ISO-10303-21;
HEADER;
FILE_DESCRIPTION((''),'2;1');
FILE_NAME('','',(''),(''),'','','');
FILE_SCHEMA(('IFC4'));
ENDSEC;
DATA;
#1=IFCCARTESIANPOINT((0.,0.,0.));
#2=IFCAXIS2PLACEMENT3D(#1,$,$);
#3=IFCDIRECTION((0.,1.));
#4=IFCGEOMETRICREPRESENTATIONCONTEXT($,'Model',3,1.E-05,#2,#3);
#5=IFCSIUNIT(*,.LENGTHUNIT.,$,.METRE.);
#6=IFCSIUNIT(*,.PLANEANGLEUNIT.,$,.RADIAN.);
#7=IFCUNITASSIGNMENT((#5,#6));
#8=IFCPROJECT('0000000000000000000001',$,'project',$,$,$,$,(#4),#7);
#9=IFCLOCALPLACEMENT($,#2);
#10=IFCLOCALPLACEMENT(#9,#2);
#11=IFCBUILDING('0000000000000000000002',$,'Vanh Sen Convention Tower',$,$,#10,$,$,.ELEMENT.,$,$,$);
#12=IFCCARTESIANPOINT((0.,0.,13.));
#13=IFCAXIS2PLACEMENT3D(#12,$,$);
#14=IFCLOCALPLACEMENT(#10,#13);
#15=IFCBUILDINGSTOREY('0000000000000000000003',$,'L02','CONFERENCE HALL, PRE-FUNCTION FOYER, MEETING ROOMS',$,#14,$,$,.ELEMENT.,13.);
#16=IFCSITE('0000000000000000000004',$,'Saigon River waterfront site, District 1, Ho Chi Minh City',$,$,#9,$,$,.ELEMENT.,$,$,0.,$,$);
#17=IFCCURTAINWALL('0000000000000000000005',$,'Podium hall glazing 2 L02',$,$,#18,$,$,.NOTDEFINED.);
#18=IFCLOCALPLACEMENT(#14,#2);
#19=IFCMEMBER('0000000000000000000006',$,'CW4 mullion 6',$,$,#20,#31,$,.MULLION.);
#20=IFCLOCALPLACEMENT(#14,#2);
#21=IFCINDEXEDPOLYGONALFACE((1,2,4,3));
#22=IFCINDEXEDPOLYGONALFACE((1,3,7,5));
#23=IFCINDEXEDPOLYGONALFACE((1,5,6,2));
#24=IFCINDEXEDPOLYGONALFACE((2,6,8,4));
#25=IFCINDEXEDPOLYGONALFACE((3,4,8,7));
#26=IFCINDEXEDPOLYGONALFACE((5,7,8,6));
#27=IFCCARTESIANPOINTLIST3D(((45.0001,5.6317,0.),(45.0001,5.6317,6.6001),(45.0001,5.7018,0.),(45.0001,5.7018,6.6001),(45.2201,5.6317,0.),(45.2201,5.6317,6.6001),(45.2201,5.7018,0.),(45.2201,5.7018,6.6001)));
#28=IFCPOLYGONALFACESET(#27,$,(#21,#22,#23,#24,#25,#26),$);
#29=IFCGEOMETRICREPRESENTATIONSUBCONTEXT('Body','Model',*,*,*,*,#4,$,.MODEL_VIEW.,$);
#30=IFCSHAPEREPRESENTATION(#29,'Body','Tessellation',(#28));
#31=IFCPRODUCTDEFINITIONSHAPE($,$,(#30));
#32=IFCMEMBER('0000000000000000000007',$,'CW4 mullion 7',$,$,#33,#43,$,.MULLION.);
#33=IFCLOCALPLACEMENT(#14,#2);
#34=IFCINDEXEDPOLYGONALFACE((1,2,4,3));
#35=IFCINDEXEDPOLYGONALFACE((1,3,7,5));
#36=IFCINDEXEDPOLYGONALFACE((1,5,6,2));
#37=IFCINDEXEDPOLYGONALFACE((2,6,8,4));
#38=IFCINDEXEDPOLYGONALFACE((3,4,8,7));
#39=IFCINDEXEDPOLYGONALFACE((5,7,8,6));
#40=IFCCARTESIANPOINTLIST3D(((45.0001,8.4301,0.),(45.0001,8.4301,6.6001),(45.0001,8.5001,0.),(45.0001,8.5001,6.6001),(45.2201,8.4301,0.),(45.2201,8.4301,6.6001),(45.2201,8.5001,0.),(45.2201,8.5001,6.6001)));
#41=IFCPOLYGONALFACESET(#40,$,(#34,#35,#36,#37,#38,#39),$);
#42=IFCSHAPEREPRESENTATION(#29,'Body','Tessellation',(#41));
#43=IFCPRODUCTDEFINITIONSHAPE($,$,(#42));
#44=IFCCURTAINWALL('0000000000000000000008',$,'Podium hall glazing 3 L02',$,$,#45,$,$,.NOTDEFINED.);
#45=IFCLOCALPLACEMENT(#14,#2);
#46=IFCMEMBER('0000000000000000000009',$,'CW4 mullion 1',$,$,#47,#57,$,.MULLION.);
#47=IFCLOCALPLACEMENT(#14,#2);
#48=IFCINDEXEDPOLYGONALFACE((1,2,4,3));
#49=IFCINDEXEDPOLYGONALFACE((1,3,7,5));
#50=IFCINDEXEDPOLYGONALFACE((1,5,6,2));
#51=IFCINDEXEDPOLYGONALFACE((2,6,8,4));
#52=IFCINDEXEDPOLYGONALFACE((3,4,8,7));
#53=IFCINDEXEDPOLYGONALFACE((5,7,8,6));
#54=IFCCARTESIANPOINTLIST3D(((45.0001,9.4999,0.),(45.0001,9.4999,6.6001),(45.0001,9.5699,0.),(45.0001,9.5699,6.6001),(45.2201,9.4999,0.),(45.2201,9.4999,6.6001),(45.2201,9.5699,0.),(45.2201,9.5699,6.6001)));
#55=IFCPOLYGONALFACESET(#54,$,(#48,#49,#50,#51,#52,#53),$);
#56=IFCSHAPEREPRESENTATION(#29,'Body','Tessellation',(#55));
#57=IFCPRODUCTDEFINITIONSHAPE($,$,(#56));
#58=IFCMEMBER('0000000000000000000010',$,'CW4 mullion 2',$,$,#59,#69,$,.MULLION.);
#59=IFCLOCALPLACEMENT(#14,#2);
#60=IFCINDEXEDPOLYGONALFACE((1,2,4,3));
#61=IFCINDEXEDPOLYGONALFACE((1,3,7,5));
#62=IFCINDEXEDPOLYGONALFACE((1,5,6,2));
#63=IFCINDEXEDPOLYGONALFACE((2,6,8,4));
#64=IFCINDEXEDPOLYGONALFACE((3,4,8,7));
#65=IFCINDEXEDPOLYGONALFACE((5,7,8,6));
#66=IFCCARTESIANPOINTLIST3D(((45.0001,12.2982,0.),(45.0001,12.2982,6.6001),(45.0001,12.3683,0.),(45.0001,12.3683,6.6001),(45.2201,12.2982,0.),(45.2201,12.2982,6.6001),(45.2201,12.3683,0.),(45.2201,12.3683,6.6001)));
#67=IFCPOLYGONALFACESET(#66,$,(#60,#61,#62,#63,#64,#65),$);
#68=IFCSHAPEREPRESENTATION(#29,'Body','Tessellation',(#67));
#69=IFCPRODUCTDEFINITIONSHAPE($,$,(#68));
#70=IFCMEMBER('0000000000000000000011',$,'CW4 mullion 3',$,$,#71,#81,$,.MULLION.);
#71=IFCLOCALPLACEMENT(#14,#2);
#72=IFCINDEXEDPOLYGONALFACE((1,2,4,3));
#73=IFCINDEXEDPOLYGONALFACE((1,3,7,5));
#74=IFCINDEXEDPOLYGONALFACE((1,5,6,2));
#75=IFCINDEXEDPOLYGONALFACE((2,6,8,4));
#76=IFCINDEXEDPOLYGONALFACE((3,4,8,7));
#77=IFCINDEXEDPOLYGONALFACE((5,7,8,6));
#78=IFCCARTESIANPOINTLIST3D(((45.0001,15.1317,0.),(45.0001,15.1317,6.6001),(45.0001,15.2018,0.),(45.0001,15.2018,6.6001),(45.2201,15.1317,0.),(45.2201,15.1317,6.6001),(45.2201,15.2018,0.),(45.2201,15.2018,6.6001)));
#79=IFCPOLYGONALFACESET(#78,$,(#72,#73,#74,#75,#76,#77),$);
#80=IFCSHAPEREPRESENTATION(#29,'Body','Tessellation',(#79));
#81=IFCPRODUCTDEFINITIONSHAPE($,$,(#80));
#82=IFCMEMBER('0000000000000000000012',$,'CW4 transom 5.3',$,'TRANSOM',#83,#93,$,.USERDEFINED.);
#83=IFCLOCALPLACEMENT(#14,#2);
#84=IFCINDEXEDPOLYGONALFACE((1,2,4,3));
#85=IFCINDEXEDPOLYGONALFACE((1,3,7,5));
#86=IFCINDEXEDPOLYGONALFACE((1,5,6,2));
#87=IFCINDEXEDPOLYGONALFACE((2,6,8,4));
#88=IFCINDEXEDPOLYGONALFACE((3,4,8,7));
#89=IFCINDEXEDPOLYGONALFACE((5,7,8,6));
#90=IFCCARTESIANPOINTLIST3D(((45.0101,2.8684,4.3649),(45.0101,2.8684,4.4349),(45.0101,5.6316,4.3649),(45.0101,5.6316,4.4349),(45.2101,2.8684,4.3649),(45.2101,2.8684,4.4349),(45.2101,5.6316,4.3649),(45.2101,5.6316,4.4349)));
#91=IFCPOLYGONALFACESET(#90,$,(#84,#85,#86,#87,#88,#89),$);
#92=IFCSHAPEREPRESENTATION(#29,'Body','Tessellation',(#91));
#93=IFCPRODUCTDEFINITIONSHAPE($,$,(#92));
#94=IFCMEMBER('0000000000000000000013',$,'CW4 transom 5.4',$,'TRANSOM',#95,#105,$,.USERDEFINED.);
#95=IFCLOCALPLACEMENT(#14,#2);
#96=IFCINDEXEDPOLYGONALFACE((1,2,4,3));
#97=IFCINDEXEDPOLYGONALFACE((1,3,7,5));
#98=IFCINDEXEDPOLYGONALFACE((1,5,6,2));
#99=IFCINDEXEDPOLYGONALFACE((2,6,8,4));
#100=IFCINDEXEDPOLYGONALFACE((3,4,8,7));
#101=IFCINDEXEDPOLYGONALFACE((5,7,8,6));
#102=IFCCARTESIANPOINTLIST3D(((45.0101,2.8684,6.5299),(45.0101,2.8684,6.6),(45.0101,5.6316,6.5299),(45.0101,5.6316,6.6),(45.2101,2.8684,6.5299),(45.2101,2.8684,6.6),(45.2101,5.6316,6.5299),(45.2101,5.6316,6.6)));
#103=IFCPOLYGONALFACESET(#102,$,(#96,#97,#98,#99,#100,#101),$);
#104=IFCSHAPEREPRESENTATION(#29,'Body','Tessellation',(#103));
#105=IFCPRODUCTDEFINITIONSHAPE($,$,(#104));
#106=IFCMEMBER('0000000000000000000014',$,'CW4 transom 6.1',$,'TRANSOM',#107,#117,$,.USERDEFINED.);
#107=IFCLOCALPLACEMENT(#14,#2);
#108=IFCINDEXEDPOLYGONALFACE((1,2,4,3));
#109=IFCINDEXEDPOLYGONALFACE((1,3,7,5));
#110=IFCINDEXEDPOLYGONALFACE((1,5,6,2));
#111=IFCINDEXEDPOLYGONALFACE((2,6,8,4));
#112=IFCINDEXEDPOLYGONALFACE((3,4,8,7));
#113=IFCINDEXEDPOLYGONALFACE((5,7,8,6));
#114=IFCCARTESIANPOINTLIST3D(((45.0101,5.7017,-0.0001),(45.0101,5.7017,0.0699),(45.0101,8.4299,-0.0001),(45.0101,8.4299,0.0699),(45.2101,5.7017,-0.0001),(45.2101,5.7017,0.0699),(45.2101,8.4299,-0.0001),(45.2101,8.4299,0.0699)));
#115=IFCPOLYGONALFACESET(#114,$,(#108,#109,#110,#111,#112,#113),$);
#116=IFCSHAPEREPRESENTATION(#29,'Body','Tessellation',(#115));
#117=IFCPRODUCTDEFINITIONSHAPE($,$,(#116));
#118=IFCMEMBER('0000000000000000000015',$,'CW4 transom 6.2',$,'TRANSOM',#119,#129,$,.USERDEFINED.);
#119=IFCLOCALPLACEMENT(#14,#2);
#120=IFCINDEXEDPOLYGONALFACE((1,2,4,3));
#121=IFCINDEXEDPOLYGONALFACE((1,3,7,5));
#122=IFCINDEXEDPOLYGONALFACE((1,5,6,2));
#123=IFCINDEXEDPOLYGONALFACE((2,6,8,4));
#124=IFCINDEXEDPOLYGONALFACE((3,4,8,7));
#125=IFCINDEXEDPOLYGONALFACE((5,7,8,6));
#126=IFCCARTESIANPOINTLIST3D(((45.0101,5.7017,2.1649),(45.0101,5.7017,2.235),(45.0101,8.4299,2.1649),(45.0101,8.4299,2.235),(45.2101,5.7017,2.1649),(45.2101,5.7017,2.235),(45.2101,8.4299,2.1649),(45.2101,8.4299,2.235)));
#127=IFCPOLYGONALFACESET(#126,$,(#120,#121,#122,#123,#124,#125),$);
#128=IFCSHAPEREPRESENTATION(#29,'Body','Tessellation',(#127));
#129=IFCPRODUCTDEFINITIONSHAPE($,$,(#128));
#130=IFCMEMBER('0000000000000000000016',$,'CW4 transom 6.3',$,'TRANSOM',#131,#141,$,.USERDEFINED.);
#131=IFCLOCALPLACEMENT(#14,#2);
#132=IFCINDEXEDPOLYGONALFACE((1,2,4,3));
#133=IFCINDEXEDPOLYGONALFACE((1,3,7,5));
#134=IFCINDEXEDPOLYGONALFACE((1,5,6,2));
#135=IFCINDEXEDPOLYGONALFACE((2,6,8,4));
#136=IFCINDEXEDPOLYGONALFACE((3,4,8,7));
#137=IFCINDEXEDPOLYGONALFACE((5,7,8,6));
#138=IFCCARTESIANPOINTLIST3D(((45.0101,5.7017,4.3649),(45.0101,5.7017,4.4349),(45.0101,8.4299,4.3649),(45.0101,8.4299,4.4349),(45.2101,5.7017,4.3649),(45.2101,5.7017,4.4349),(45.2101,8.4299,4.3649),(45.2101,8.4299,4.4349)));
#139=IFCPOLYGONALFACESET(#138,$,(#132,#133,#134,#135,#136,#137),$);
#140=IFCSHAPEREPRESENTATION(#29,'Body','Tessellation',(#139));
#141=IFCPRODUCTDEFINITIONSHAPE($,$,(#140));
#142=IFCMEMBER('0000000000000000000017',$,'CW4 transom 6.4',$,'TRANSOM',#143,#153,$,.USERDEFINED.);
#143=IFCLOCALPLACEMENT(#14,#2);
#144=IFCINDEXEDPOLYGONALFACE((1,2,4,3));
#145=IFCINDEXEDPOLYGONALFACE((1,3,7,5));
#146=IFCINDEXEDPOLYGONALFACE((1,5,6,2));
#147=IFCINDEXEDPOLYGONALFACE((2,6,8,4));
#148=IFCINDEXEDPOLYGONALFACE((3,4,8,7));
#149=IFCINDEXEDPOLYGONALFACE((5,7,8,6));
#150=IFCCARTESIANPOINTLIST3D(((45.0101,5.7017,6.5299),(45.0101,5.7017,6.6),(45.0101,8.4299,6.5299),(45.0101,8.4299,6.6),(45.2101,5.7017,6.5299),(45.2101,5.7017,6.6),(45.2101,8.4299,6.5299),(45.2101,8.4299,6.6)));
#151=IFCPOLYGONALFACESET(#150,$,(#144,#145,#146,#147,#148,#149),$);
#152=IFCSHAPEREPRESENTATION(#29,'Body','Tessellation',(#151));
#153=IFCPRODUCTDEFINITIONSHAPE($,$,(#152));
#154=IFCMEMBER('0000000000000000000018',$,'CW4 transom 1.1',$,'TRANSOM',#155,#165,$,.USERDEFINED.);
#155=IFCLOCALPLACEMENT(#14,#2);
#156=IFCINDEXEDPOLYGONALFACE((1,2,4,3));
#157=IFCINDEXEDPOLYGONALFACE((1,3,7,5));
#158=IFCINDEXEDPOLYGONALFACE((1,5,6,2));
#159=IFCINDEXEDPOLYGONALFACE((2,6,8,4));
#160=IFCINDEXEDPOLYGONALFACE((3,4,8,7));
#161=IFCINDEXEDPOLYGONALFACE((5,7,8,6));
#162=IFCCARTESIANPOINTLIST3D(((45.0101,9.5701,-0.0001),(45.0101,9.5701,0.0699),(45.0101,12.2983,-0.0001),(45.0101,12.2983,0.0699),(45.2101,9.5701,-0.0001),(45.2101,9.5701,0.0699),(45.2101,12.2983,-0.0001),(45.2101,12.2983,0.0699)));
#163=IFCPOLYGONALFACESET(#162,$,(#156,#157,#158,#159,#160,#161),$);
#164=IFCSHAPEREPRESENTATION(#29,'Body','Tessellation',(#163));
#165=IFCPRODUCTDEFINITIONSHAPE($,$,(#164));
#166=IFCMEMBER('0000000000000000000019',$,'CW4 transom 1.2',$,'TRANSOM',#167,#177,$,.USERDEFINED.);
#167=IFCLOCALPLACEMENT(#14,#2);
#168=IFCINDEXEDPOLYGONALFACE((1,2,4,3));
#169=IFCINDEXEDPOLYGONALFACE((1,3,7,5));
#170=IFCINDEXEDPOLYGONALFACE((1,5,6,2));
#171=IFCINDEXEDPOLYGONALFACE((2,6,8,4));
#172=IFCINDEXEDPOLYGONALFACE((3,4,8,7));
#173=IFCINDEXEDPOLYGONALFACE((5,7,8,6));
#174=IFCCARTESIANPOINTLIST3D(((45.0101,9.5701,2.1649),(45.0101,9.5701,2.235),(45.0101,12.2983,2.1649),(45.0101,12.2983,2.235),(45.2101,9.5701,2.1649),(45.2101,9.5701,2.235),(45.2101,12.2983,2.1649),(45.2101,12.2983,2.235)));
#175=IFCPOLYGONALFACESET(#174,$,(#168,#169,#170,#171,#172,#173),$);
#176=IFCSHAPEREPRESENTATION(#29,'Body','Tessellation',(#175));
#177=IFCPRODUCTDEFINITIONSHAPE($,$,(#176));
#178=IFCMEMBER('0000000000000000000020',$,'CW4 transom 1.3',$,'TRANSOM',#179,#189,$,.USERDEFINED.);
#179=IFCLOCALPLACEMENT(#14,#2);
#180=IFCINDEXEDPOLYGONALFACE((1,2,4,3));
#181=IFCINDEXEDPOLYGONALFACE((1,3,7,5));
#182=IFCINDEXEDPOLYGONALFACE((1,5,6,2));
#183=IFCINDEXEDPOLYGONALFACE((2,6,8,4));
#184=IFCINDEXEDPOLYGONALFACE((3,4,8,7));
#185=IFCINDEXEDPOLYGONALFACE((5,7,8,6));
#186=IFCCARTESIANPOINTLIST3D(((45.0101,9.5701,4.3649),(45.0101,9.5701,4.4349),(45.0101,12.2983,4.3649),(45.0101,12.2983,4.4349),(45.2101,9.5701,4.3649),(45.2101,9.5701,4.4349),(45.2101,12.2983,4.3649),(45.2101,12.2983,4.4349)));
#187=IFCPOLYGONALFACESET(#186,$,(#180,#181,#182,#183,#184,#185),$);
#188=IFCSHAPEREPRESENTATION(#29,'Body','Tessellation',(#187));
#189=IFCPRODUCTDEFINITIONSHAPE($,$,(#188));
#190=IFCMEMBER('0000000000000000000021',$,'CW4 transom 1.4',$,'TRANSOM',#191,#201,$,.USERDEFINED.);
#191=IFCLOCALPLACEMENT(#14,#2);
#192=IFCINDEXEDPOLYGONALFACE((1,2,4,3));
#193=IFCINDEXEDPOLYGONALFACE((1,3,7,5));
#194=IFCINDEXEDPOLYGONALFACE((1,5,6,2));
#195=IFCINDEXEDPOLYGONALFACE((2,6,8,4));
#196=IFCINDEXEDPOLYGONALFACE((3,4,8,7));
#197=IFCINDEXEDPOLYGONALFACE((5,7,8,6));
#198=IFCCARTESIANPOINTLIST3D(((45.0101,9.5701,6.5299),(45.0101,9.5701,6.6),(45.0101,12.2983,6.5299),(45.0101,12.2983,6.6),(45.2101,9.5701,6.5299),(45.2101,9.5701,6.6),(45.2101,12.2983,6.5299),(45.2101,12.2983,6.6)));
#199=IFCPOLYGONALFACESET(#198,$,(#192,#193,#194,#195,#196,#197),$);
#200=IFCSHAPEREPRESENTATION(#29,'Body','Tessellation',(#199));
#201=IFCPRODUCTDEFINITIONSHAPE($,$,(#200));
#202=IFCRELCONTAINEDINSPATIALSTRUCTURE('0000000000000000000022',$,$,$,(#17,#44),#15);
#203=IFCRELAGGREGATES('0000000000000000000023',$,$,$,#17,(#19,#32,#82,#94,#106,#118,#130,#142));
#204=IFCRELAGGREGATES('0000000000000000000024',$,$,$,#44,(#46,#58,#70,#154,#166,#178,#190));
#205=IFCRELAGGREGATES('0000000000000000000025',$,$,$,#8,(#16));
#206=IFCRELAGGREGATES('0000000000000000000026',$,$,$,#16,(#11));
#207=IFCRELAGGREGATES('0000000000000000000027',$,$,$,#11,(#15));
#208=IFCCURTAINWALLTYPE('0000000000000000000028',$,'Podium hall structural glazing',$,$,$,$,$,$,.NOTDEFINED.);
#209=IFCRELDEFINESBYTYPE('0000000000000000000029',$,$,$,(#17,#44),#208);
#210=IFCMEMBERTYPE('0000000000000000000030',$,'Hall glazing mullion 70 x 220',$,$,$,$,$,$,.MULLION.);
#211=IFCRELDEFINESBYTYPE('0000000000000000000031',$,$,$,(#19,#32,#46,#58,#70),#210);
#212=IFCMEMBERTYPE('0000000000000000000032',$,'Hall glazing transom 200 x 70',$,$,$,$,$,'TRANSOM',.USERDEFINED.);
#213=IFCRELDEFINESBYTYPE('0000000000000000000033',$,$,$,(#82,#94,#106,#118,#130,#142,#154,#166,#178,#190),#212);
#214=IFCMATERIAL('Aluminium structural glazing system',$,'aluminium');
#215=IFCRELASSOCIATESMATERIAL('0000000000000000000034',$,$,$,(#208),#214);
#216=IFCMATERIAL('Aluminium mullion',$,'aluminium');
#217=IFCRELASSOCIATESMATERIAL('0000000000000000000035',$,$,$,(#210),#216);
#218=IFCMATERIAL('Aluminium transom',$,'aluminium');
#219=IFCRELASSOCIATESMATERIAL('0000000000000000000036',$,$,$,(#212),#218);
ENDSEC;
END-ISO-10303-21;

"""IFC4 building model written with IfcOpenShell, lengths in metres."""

from ifc_helpers import new_model, si_unit, direction, frame, origin, origin_2d, place, context, subcontext, project, spatial, rectangle, extrude, material, material_profile, profile_set, type_object, element, aggregate, save


model = new_model("IFC4")

# Units and contexts
model_context = context("Model", 3, precision=1e-05, world=origin(), true_north=direction((0.0, 1.0)))
body_context = subcontext(model_context, "Body", "Model", "MODEL_VIEW")
ifc_project = project(units=[si_unit("LENGTHUNIT", "METRE"), si_unit("PLANEANGLEUNIT", "RADIAN")], contexts=[model_context])

# Site, building, storey
site_placement = place(None, origin())
site = spatial("IfcSite", under=ifc_project, at=site_placement, Name="Saigon River waterfront site, District 1, Ho Chi Minh City", CompositionType="ELEMENT", RefElevation=0.0)
building_placement = place(site_placement, origin())
building = spatial("IfcBuilding", under=site, at=building_placement, Name="Vanh Sen Convention Tower", CompositionType="ELEMENT")
storey_placement = place(building_placement, frame((0.0, 0.0, 13.0)))
storey = spatial("IfcBuildingStorey", under=building, at=storey_placement, Name="L02", Description="CONFERENCE HALL, PRE-FUNCTION FOYER, MEETING ROOMS", CompositionType="ELEMENT", Elevation=13.0)

# Curtain walls, members
ifc_material_1 = material(Name="Aluminium structural glazing system", Category="aluminium")
curtain_wall_type = type_object("IfcCurtainWallType", Name="Podium hall structural glazing", PredefinedType="NOTDEFINED", material=ifc_material_1)
curtain_wall_1_placement = place(storey_placement, origin())
curtain_wall_1 = element("IfcCurtainWall", 1, at=curtain_wall_1_placement, inside=storey, type_object=curtain_wall_type, Name="Podium hall glazing 2 L02", PredefinedType="NOTDEFINED")
ifc_material_2 = material(Name="Aluminium mullion", Category="aluminium")
ifc_material_profile_1 = material_profile(ifc_material_2, rectangle(XDim=0.22, YDim=0.0701, at=origin_2d()), Name="Hall glazing mullion 70 x 220")
ifc_profile_set_1 = profile_set([ifc_material_profile_1], Name="Aluminium mullion")
member_type_1 = type_object("IfcMemberType", Name="Hall glazing mullion 70 x 220", PredefinedType="MULLION", material=ifc_profile_set_1)
member_1_placement = place(storey_placement, frame((45.1101, 5.6667, 0.0), z_axis=(0.0, 0.0, 1.0), x_axis=(-1.0, 0.0, 0.0)))
member_1 = element("IfcMember", 2, at=member_1_placement, type_object=member_type_1, Name="CW4 mullion 6", PredefinedType="MULLION", context=body_context, shape_type="SweptSolid", body=[
    extrude(rectangle(XDim=0.22, YDim=0.0701, at=origin_2d()), origin(), (0.0, 0.0, 1.0), 6.6001),
])
member_2_placement = place(storey_placement, frame((45.1101, 8.4651, 0.0), z_axis=(0.0, 0.0, 1.0), x_axis=(-1.0, 0.0, 0.0)))
member_2 = element("IfcMember", 3, at=member_2_placement, type_object=member_type_1, Name="CW4 mullion 7", PredefinedType="MULLION", context=body_context, shape_type="SweptSolid", body=[
    extrude(rectangle(XDim=0.22, YDim=0.0701, at=origin_2d()), origin(), (0.0, 0.0, 1.0), 6.6001),
])
curtain_wall_2_placement = place(storey_placement, origin())
curtain_wall_2 = element("IfcCurtainWall", 4, at=curtain_wall_2_placement, inside=storey, type_object=curtain_wall_type, Name="Podium hall glazing 3 L02", PredefinedType="NOTDEFINED")
member_3_placement = place(storey_placement, frame((45.1101, 9.5349, 0.0), z_axis=(0.0, 0.0, 1.0), x_axis=(-1.0, 0.0, 0.0)))
member_3 = element("IfcMember", 5, at=member_3_placement, type_object=member_type_1, Name="CW4 mullion 1", PredefinedType="MULLION", context=body_context, shape_type="SweptSolid", body=[
    extrude(rectangle(XDim=0.22, YDim=0.0701, at=origin_2d()), origin(), (0.0, 0.0, 1.0), 6.6001),
])
member_4_placement = place(storey_placement, frame((45.1101, 12.3333, 0.0), z_axis=(0.0, 0.0, 1.0), x_axis=(-1.0, 0.0, 0.0)))
member_4 = element("IfcMember", 6, at=member_4_placement, type_object=member_type_1, Name="CW4 mullion 2", PredefinedType="MULLION", context=body_context, shape_type="SweptSolid", body=[
    extrude(rectangle(XDim=0.22, YDim=0.0701, at=origin_2d()), origin(), (0.0, 0.0, 1.0), 6.6001),
])
member_5_placement = place(storey_placement, frame((45.1101, 15.1667, 0.0), z_axis=(0.0, 0.0, 1.0), x_axis=(-1.0, 0.0, 0.0)))
member_5 = element("IfcMember", 7, at=member_5_placement, type_object=member_type_1, Name="CW4 mullion 3", PredefinedType="MULLION", context=body_context, shape_type="SweptSolid", body=[
    extrude(rectangle(XDim=0.22, YDim=0.0701, at=origin_2d()), origin(), (0.0, 0.0, 1.0), 6.6001),
])

# Members
ifc_material_3 = material(Name="Aluminium transom", Category="aluminium")
ifc_material_profile_2 = material_profile(ifc_material_3, rectangle(XDim=0.2, YDim=0.0701, at=origin_2d()), Name="Hall glazing transom 200 x 70")
ifc_profile_set_2 = profile_set([ifc_material_profile_2], Name="Aluminium transom")
member_type_2 = type_object("IfcMemberType", Name="Hall glazing transom 200 x 70", ElementType="TRANSOM", PredefinedType="USERDEFINED", material=ifc_profile_set_2)
member_6_placement = place(storey_placement, frame((45.1101, 2.8684, 4.3999), z_axis=(0.0, 1.0, 0.0), x_axis=(-1.0, 0.0, 0.0)))
member_6 = element("IfcMember", 8, at=member_6_placement, type_object=member_type_2, Name="CW4 transom 5.3", ObjectType="TRANSOM", PredefinedType="USERDEFINED", context=body_context, shape_type="SweptSolid", body=[
    extrude(rectangle(XDim=0.2, YDim=0.0701, at=origin_2d()), origin(), (0.0, 0.0, 1.0), 2.7632),
])
member_7_placement = place(storey_placement, frame((45.1101, 2.8684, 6.5649), z_axis=(0.0, 1.0, 0.0), x_axis=(-1.0, 0.0, 0.0)))
member_7 = element("IfcMember", 9, at=member_7_placement, type_object=member_type_2, Name="CW4 transom 5.4", ObjectType="TRANSOM", PredefinedType="USERDEFINED", context=body_context, shape_type="SweptSolid", body=[
    extrude(rectangle(XDim=0.2, YDim=0.0701, at=origin_2d()), origin(), (0.0, 0.0, 1.0), 2.7632),
])
member_8_placement = place(storey_placement, frame((45.1101, 5.7017, 0.0349), z_axis=(0.0, 1.0, 0.0), x_axis=(-1.0, 0.0, 0.0)))
member_8 = element("IfcMember", 10, at=member_8_placement, type_object=member_type_2, Name="CW4 transom 6.1", ObjectType="TRANSOM", PredefinedType="USERDEFINED", context=body_context, shape_type="SweptSolid", body=[
    extrude(rectangle(XDim=0.2, YDim=0.0701, at=origin_2d()), origin(), (0.0, 0.0, 1.0), 2.7283),
])
member_9_placement = place(storey_placement, frame((45.1101, 5.7017, 2.2), z_axis=(0.0, 1.0, 0.0), x_axis=(-1.0, 0.0, 0.0)))
member_9 = element("IfcMember", 11, at=member_9_placement, type_object=member_type_2, Name="CW4 transom 6.2", ObjectType="TRANSOM", PredefinedType="USERDEFINED", context=body_context, shape_type="SweptSolid", body=[
    extrude(rectangle(XDim=0.2, YDim=0.0701, at=origin_2d()), origin(), (0.0, 0.0, 1.0), 2.7283),
])
member_10_placement = place(storey_placement, frame((45.1101, 5.7017, 4.3999), z_axis=(0.0, 1.0, 0.0), x_axis=(-1.0, 0.0, 0.0)))
member_10 = element("IfcMember", 12, at=member_10_placement, type_object=member_type_2, Name="CW4 transom 6.3", ObjectType="TRANSOM", PredefinedType="USERDEFINED", context=body_context, shape_type="SweptSolid", body=[
    extrude(rectangle(XDim=0.2, YDim=0.0701, at=origin_2d()), origin(), (0.0, 0.0, 1.0), 2.7283),
])
member_11_placement = place(storey_placement, frame((45.1101, 5.7017, 6.5649), z_axis=(0.0, 1.0, 0.0), x_axis=(-1.0, 0.0, 0.0)))
member_11 = element("IfcMember", 13, at=member_11_placement, type_object=member_type_2, Name="CW4 transom 6.4", ObjectType="TRANSOM", PredefinedType="USERDEFINED", context=body_context, shape_type="SweptSolid", body=[
    extrude(rectangle(XDim=0.2, YDim=0.0701, at=origin_2d()), origin(), (0.0, 0.0, 1.0), 2.7283),
])
member_12_placement = place(storey_placement, frame((45.1101, 9.5701, 0.0349), z_axis=(0.0, 1.0, 0.0), x_axis=(-1.0, 0.0, 0.0)))
member_12 = element("IfcMember", 14, at=member_12_placement, type_object=member_type_2, Name="CW4 transom 1.1", ObjectType="TRANSOM", PredefinedType="USERDEFINED", context=body_context, shape_type="SweptSolid", body=[
    extrude(rectangle(XDim=0.2, YDim=0.0701, at=origin_2d()), origin(), (0.0, 0.0, 1.0), 2.7283),
])
member_13_placement = place(storey_placement, frame((45.1101, 9.5701, 2.2), z_axis=(0.0, 1.0, 0.0), x_axis=(-1.0, 0.0, 0.0)))
member_13 = element("IfcMember", 15, at=member_13_placement, type_object=member_type_2, Name="CW4 transom 1.2", ObjectType="TRANSOM", PredefinedType="USERDEFINED", context=body_context, shape_type="SweptSolid", body=[
    extrude(rectangle(XDim=0.2, YDim=0.0701, at=origin_2d()), origin(), (0.0, 0.0, 1.0), 2.7283),
])
member_14_placement = place(storey_placement, frame((45.1101, 9.5701, 4.3999), z_axis=(0.0, 1.0, 0.0), x_axis=(-1.0, 0.0, 0.0)))
member_14 = element("IfcMember", 16, at=member_14_placement, type_object=member_type_2, Name="CW4 transom 1.3", ObjectType="TRANSOM", PredefinedType="USERDEFINED", context=body_context, shape_type="SweptSolid", body=[
    extrude(rectangle(XDim=0.2, YDim=0.0701, at=origin_2d()), origin(), (0.0, 0.0, 1.0), 2.7283),
])
member_15_placement = place(storey_placement, frame((45.1101, 9.5701, 6.5649), z_axis=(0.0, 1.0, 0.0), x_axis=(-1.0, 0.0, 0.0)))
member_15 = element("IfcMember", 17, at=member_15_placement, type_object=member_type_2, Name="CW4 transom 1.4", ObjectType="TRANSOM", PredefinedType="USERDEFINED", context=body_context, shape_type="SweptSolid", body=[
    extrude(rectangle(XDim=0.2, YDim=0.0701, at=origin_2d()), origin(), (0.0, 0.0, 1.0), 2.7283),
])

aggregate(curtain_wall_1, [member_1, member_2, member_6, member_7, member_8, member_9, member_10, member_11])
aggregate(curtain_wall_2, [member_3, member_4, member_5, member_12, member_13, member_14, member_15])

save(model, "model.ifc")
